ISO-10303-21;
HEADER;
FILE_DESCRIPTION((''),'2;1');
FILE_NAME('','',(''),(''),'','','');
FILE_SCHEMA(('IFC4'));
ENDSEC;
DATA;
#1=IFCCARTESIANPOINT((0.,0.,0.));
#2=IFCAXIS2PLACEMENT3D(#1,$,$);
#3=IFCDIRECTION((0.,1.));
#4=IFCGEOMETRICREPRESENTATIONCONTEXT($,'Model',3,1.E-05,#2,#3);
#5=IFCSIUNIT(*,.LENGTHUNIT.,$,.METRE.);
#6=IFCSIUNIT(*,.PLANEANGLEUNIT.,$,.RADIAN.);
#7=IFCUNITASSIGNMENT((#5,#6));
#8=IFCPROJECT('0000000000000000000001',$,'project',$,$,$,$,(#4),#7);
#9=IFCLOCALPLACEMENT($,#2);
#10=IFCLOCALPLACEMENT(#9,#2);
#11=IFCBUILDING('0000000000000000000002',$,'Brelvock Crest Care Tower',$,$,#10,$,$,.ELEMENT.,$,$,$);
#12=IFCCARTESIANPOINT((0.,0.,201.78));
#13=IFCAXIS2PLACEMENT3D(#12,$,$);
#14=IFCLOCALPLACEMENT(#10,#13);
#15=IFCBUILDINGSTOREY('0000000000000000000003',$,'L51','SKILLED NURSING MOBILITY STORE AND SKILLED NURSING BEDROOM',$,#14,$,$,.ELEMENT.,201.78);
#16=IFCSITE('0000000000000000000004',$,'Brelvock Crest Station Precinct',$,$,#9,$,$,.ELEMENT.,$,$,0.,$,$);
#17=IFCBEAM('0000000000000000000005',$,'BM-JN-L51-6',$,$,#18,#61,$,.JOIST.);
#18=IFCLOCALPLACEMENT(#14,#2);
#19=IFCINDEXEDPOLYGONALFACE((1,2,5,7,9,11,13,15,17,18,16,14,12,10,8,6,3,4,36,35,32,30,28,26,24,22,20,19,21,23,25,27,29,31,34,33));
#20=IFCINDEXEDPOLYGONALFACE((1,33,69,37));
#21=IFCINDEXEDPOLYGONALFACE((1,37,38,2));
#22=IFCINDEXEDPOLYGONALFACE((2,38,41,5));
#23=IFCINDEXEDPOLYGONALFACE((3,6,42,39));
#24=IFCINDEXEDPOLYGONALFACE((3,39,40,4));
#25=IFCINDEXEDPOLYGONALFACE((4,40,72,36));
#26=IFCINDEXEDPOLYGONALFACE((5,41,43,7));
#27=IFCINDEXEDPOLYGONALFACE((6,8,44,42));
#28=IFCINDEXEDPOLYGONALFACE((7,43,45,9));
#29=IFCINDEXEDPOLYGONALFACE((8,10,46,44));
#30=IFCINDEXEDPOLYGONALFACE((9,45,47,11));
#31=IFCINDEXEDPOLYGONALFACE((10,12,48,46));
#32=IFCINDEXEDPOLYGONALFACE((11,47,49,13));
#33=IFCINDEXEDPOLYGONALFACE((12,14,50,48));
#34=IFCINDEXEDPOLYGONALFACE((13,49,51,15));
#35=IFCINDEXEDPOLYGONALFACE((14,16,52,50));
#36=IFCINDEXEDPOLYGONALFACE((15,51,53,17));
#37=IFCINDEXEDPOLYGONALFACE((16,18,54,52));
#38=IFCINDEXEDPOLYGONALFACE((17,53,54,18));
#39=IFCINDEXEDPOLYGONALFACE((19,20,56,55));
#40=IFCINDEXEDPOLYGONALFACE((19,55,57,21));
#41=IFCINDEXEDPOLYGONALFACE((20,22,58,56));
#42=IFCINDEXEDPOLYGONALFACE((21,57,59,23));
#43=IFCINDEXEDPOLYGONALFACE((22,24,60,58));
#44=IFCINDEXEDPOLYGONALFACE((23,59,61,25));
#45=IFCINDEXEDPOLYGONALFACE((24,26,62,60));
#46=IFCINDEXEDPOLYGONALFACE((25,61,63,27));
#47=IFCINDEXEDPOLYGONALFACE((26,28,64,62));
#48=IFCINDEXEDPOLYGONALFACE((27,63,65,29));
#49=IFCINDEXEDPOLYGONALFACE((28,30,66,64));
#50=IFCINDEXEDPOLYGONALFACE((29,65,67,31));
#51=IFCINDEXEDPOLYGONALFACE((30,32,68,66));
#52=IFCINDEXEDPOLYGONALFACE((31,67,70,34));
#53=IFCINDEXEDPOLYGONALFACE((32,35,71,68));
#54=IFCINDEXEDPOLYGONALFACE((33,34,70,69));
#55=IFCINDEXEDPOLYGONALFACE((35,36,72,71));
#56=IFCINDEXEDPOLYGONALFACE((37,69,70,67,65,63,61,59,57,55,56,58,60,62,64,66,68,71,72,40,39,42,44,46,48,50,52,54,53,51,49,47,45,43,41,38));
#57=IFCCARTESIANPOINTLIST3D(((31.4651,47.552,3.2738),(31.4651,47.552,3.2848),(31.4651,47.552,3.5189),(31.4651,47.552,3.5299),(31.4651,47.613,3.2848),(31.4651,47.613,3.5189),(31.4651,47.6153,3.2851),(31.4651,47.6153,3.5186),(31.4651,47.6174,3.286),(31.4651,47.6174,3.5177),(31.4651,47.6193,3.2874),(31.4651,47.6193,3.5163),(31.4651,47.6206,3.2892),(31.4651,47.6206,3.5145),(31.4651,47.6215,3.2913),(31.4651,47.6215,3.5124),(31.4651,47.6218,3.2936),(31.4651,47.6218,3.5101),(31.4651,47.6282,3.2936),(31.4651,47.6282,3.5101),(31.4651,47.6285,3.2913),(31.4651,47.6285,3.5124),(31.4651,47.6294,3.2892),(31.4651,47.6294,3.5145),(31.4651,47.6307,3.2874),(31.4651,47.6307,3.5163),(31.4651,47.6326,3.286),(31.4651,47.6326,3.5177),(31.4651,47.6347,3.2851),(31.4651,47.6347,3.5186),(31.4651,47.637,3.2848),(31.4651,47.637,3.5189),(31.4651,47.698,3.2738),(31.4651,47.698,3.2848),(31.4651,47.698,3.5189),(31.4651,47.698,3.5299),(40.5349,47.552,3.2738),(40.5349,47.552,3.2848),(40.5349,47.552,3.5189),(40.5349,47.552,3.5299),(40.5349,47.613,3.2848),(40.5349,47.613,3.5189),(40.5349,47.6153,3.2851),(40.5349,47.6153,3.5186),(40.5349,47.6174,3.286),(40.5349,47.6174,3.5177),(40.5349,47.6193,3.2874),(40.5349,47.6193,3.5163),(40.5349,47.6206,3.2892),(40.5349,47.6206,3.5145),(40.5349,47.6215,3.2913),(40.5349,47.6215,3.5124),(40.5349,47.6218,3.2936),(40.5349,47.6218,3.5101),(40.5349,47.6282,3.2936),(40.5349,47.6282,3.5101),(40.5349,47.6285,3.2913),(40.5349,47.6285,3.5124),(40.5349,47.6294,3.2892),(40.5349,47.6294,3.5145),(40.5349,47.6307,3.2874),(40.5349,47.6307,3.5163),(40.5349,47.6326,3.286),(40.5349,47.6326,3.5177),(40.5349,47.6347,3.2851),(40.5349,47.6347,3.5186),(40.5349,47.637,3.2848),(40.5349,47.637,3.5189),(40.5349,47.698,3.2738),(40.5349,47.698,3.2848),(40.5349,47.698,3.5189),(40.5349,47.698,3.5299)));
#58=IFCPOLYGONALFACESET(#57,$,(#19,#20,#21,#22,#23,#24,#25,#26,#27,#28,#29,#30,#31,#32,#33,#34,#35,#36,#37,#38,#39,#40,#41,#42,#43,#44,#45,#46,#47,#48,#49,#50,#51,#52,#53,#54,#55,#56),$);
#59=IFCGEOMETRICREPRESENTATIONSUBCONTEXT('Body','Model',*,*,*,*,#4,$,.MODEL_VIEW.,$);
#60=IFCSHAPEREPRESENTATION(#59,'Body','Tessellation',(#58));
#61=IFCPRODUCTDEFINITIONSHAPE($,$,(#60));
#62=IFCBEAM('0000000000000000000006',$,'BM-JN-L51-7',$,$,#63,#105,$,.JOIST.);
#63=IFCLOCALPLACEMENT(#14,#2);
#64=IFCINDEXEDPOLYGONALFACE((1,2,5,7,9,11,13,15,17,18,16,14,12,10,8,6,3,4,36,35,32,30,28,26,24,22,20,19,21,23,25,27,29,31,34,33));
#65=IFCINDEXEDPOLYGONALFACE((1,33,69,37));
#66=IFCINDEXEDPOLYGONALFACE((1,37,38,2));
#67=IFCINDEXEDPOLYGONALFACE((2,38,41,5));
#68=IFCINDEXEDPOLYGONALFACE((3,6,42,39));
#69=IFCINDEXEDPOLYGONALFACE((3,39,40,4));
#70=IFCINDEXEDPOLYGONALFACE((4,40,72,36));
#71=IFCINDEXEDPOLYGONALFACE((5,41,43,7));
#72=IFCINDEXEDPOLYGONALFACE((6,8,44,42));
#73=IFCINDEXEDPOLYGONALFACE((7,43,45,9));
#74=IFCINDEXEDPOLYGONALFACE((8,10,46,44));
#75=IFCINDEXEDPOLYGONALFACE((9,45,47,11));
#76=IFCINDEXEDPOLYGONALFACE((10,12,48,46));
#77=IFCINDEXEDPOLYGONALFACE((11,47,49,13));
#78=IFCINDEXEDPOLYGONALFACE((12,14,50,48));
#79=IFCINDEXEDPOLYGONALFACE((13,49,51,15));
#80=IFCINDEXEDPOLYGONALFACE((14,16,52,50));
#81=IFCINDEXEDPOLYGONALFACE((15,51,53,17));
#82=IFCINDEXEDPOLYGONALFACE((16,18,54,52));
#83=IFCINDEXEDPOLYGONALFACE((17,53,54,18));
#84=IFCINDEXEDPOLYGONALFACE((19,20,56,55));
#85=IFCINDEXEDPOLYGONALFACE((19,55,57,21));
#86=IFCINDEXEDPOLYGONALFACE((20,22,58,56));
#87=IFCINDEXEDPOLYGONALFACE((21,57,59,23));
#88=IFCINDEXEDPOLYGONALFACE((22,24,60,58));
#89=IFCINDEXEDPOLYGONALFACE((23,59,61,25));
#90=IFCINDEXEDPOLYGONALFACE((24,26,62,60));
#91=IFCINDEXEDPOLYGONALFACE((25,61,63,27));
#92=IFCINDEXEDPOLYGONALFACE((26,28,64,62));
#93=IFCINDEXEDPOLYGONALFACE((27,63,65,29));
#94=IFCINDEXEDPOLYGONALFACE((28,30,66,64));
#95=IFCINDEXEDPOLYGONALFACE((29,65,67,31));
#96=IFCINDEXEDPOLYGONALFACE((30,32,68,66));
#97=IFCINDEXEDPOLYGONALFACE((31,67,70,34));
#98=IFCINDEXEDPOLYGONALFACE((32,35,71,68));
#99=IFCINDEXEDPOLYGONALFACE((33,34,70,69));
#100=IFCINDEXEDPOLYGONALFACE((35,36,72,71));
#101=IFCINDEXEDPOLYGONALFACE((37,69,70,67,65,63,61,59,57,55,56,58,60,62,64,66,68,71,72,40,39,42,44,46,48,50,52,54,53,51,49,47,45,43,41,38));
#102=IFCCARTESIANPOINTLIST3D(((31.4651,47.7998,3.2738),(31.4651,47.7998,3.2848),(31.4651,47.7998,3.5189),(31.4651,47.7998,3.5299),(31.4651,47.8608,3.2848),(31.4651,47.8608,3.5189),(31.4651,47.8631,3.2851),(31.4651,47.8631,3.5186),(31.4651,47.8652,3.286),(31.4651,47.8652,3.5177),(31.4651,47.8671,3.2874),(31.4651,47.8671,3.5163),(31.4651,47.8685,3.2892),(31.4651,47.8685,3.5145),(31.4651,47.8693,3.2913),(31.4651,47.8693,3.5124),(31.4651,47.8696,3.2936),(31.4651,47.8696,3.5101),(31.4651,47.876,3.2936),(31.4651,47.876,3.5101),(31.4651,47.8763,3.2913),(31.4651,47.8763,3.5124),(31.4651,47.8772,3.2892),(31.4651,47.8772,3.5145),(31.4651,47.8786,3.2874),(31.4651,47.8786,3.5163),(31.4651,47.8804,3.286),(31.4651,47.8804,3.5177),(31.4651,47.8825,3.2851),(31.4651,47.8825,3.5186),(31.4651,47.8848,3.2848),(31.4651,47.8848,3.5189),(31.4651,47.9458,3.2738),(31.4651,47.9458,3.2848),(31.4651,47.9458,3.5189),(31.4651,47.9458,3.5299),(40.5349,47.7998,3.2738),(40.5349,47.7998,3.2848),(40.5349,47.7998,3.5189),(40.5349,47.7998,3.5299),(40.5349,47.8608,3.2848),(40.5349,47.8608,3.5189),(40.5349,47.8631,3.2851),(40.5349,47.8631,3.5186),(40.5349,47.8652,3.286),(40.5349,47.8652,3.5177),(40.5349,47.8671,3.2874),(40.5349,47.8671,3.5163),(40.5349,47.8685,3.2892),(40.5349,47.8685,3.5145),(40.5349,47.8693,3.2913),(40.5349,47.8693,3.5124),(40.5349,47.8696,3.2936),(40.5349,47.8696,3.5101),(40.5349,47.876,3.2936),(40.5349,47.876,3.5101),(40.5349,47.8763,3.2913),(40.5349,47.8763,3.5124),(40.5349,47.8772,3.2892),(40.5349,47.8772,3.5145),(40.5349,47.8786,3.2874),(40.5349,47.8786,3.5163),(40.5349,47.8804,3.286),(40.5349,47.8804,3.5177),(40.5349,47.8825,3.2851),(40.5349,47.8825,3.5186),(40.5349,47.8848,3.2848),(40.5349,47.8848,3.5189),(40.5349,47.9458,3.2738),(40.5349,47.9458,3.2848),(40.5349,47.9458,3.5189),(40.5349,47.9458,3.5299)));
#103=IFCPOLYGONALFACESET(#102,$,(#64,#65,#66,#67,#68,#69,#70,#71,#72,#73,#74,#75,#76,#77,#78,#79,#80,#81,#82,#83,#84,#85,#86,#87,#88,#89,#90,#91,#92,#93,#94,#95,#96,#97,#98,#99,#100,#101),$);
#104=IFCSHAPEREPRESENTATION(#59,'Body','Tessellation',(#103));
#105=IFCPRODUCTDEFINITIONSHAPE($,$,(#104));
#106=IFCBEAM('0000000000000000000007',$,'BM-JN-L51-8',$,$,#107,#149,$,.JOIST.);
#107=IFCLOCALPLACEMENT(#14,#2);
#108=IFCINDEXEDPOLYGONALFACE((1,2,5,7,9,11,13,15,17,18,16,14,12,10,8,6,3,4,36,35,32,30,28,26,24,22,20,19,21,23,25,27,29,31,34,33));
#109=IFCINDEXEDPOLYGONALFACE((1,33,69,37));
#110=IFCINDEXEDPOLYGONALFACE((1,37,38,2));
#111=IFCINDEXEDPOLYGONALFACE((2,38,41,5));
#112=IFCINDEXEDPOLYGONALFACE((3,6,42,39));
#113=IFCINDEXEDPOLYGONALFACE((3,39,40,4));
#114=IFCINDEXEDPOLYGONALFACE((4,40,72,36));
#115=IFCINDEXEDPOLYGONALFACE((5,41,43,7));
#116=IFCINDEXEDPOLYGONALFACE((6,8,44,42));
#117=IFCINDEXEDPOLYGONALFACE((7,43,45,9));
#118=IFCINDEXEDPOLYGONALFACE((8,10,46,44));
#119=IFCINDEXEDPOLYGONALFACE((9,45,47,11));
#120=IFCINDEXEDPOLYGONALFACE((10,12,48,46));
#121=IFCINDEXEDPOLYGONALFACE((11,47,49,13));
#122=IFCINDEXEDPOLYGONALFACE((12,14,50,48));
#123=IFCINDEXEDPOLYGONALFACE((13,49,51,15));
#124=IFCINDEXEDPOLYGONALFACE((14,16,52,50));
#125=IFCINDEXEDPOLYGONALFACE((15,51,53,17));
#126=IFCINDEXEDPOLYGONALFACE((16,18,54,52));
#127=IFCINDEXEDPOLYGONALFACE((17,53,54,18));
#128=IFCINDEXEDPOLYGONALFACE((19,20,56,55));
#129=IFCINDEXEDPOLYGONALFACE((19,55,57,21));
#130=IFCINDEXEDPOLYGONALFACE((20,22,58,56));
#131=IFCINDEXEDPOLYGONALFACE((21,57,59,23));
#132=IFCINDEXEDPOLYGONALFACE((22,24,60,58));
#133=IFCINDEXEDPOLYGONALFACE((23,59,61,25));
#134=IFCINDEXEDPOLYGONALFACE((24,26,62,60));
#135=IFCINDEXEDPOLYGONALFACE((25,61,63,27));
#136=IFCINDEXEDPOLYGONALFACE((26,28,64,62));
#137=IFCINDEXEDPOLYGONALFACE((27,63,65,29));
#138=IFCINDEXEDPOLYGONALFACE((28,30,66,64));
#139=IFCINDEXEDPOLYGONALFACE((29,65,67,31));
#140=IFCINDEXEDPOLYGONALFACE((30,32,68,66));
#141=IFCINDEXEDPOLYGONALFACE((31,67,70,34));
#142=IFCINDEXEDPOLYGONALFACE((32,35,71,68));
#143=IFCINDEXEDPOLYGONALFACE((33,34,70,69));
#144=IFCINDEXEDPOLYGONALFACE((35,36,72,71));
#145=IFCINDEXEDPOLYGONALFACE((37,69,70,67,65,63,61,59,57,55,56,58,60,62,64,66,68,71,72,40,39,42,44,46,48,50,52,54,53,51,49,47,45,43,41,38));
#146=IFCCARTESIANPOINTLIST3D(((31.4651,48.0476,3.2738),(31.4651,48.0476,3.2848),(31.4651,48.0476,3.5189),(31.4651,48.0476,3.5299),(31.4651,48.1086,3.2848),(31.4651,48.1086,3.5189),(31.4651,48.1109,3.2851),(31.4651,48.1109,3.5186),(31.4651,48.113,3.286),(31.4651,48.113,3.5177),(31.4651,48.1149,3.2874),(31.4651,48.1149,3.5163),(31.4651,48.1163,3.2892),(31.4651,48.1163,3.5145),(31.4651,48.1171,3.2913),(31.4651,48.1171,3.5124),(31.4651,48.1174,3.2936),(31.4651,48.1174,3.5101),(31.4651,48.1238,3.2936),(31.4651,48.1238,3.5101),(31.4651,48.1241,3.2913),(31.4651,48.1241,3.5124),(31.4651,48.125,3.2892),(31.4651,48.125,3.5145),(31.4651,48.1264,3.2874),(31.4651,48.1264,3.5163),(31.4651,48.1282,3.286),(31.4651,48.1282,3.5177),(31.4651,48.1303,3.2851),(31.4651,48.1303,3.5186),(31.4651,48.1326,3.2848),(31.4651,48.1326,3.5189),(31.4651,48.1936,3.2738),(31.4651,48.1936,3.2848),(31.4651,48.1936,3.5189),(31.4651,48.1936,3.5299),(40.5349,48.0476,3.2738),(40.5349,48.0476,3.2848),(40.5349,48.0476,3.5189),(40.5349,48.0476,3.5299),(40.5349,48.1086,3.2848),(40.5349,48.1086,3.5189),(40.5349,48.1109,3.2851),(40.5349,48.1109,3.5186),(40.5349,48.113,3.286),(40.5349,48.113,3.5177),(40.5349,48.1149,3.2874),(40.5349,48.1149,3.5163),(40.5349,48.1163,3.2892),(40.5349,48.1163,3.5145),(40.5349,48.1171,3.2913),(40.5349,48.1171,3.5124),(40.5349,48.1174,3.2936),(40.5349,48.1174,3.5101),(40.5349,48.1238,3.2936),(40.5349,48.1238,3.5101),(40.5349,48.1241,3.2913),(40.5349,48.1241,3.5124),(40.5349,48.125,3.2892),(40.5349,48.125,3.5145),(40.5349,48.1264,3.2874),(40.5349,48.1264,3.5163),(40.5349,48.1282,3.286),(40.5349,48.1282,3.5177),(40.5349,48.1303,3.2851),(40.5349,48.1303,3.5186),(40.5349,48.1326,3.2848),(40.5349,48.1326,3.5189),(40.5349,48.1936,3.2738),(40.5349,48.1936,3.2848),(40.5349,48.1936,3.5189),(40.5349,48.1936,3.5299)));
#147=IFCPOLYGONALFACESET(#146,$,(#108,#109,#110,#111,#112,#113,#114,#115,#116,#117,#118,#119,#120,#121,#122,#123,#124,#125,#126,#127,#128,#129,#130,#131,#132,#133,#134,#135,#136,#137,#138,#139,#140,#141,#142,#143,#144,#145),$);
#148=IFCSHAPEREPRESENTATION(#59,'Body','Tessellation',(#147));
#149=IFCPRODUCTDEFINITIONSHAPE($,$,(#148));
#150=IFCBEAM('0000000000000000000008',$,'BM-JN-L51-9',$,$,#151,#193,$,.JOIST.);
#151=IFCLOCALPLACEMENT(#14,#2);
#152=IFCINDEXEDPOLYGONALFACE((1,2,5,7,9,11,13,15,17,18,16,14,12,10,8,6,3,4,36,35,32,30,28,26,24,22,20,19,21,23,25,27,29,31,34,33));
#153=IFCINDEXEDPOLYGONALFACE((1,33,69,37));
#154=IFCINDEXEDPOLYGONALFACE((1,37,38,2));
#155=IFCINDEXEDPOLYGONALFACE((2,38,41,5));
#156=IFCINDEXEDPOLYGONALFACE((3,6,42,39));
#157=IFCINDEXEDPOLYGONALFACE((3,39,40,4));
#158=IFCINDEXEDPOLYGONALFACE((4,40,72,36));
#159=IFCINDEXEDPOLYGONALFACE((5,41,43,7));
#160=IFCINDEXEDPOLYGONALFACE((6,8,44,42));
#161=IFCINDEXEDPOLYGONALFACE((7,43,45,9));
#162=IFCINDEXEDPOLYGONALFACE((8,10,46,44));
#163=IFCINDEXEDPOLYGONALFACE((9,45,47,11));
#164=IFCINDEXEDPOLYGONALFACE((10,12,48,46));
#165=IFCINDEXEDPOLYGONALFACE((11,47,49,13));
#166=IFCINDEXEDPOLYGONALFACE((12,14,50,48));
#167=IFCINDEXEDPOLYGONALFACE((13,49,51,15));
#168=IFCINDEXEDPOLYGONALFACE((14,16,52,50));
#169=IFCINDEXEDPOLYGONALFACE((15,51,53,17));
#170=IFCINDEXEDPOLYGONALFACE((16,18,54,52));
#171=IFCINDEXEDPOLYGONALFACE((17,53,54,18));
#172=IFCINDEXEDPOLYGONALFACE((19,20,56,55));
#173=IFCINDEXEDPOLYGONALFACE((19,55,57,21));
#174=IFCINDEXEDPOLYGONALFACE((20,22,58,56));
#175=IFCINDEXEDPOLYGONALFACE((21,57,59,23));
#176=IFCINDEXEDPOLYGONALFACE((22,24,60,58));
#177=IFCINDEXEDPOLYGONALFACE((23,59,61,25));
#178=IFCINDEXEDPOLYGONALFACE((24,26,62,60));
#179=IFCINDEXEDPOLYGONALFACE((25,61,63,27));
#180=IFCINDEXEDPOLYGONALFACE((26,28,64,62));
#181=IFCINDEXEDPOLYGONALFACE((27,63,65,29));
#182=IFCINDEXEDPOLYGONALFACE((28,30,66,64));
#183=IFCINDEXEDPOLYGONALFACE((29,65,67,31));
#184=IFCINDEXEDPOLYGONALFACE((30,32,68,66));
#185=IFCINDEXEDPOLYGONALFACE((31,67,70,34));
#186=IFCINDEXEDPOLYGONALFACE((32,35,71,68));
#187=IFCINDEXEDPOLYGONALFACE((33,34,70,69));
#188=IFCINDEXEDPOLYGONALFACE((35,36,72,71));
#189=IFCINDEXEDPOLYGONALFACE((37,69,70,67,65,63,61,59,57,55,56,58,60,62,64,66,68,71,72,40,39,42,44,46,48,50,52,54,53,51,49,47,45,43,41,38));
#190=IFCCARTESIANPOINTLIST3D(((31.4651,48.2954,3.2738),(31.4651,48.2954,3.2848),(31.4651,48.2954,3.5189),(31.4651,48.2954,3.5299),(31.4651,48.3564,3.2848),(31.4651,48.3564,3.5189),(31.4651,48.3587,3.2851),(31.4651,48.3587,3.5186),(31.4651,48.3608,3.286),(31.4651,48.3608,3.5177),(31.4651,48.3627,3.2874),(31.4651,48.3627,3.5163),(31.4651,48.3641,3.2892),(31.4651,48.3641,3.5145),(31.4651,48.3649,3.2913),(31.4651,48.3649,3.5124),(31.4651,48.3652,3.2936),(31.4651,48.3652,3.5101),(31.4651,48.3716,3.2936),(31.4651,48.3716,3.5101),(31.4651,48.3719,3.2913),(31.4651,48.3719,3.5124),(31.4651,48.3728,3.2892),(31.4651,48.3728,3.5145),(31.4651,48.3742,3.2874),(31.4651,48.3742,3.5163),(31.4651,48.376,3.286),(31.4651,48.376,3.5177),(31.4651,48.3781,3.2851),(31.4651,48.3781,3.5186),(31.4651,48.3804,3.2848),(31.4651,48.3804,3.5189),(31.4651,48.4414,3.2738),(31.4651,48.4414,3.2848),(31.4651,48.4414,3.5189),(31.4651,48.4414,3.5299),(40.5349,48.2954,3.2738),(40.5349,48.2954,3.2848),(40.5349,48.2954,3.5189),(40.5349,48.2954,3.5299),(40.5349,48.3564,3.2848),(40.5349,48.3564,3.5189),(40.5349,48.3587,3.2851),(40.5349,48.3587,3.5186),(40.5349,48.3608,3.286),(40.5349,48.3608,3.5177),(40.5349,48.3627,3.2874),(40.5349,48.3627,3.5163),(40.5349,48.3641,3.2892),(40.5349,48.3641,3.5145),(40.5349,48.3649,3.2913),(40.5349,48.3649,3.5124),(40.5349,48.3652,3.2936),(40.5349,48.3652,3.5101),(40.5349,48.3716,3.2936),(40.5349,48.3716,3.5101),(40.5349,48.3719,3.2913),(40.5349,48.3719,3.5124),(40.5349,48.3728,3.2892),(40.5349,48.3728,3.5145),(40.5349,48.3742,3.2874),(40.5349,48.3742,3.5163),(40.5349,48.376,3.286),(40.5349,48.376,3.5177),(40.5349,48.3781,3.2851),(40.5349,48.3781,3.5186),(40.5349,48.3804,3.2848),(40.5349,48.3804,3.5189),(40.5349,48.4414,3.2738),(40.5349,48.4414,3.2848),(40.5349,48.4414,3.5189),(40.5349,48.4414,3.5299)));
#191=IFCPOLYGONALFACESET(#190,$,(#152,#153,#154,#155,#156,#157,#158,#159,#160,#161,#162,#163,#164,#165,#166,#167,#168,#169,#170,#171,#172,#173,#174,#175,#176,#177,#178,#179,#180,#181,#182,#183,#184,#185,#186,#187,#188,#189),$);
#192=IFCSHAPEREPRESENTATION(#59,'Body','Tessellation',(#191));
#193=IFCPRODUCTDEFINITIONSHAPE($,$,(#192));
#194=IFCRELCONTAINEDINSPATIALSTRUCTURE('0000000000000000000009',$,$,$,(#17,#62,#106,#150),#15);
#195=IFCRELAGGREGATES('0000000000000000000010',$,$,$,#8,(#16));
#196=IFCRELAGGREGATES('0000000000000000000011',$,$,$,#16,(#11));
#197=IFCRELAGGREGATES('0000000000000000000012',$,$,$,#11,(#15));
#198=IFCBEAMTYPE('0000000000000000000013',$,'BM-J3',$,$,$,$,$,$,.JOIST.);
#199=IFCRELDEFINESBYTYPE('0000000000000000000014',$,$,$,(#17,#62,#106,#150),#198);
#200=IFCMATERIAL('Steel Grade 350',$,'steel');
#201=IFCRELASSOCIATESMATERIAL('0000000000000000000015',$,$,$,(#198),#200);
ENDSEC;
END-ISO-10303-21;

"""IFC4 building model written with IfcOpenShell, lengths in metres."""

from ifc_helpers import new_model, si_unit, direction, frame, origin, origin_2d, place, context, subcontext, project, spatial, i_section, extrude, source, transform, mapped, material, material_profile, profile_set, type_object, element, save


model = new_model("IFC4")

# Units and contexts
model_context = context("Model", 3, precision=1e-05, world=origin(), true_north=direction((0.0, 1.0)))
body_context = subcontext(model_context, "Body", "Model", "MODEL_VIEW")
ifc_project = project(units=[si_unit("LENGTHUNIT", "METRE"), si_unit("PLANEANGLEUNIT", "RADIAN")], contexts=[model_context])

# Site, building, storey
site_placement = place(None, origin())
site = spatial("IfcSite", under=ifc_project, at=site_placement, Name="Brelvock Crest Station Precinct", CompositionType="ELEMENT", RefElevation=0.0)
building_placement = place(site_placement, origin())
building = spatial("IfcBuilding", under=site, at=building_placement, Name="Brelvock Crest Care Tower", CompositionType="ELEMENT")
storey_placement = place(building_placement, frame((0.0, 0.0, 201.78)))
storey = spatial("IfcBuildingStorey", under=building, at=storey_placement, Name="L51", Description="SKILLED NURSING MOBILITY STORE AND SKILLED NURSING BEDROOM", CompositionType="ELEMENT", Elevation=201.78)

# Shared definitions
ifc_material_1 = material(Name="Steel Grade 350", Category="steel")

# Beams
ifc_material_profile_1 = material_profile(ifc_material_1, i_section(OverallWidth=0.146, OverallDepth=0.2561, WebThickness=0.0063, FlangeThickness=0.011, FilletRadius=0.0088, at=origin_2d()), Name="250UB37.3")
ifc_profile_set_1 = profile_set([ifc_material_profile_1], Name="Steel Grade 350")
beam_type_1 = type_object("IfcBeamType", Name="BM-J3", PredefinedType="JOIST", material=ifc_profile_set_1)
shared_shape_1 = source(origin(), body_context, "Body", "SweptSolid", [
    extrude(i_section(OverallWidth=0.146, OverallDepth=0.2561, WebThickness=0.0063, FlangeThickness=0.011, FilletRadius=0.0088, at=origin_2d()), origin(), (0.0, 0.0, 1.0), 9.0698),
])
for number, where, z_axis, x_axis, name in (
    (1, (31.4651, 47.625, 3.4019), (1.0, 0.0, 0.0), (0.0, 1.0, 0.0), "BM-JN-L51-6"),
    (2, (31.4651, 47.8728, 3.4019), (1.0, 0.0, 0.0), (0.0, 1.0, 0.0), "BM-JN-L51-7"),
    (3, (31.4651, 48.1206, 3.4019), (1.0, 0.0, 0.0), (0.0, 1.0, 0.0), "BM-JN-L51-8"),
    (4, (31.4651, 48.3684, 3.4019), (1.0, 0.0, 0.0), (0.0, 1.0, 0.0), "BM-JN-L51-9"),
):
    element("IfcBeam", number, at=place(storey_placement, frame(where, z_axis=z_axis, x_axis=x_axis)), inside=storey, type_object=beam_type_1, Name=name, PredefinedType="JOIST", context=body_context, shape_type="MappedRepresentation", body=[
        mapped(shared_shape_1, transform((0.0, 0.0, 0.0), x_axis=(1.0, 0.0, 0.0), y_axis=(0.0, 1.0, 0.0), z_axis=(0.0, 0.0, 1.0), scale=1.0)),
    ])

save(model, "model.ifc")
